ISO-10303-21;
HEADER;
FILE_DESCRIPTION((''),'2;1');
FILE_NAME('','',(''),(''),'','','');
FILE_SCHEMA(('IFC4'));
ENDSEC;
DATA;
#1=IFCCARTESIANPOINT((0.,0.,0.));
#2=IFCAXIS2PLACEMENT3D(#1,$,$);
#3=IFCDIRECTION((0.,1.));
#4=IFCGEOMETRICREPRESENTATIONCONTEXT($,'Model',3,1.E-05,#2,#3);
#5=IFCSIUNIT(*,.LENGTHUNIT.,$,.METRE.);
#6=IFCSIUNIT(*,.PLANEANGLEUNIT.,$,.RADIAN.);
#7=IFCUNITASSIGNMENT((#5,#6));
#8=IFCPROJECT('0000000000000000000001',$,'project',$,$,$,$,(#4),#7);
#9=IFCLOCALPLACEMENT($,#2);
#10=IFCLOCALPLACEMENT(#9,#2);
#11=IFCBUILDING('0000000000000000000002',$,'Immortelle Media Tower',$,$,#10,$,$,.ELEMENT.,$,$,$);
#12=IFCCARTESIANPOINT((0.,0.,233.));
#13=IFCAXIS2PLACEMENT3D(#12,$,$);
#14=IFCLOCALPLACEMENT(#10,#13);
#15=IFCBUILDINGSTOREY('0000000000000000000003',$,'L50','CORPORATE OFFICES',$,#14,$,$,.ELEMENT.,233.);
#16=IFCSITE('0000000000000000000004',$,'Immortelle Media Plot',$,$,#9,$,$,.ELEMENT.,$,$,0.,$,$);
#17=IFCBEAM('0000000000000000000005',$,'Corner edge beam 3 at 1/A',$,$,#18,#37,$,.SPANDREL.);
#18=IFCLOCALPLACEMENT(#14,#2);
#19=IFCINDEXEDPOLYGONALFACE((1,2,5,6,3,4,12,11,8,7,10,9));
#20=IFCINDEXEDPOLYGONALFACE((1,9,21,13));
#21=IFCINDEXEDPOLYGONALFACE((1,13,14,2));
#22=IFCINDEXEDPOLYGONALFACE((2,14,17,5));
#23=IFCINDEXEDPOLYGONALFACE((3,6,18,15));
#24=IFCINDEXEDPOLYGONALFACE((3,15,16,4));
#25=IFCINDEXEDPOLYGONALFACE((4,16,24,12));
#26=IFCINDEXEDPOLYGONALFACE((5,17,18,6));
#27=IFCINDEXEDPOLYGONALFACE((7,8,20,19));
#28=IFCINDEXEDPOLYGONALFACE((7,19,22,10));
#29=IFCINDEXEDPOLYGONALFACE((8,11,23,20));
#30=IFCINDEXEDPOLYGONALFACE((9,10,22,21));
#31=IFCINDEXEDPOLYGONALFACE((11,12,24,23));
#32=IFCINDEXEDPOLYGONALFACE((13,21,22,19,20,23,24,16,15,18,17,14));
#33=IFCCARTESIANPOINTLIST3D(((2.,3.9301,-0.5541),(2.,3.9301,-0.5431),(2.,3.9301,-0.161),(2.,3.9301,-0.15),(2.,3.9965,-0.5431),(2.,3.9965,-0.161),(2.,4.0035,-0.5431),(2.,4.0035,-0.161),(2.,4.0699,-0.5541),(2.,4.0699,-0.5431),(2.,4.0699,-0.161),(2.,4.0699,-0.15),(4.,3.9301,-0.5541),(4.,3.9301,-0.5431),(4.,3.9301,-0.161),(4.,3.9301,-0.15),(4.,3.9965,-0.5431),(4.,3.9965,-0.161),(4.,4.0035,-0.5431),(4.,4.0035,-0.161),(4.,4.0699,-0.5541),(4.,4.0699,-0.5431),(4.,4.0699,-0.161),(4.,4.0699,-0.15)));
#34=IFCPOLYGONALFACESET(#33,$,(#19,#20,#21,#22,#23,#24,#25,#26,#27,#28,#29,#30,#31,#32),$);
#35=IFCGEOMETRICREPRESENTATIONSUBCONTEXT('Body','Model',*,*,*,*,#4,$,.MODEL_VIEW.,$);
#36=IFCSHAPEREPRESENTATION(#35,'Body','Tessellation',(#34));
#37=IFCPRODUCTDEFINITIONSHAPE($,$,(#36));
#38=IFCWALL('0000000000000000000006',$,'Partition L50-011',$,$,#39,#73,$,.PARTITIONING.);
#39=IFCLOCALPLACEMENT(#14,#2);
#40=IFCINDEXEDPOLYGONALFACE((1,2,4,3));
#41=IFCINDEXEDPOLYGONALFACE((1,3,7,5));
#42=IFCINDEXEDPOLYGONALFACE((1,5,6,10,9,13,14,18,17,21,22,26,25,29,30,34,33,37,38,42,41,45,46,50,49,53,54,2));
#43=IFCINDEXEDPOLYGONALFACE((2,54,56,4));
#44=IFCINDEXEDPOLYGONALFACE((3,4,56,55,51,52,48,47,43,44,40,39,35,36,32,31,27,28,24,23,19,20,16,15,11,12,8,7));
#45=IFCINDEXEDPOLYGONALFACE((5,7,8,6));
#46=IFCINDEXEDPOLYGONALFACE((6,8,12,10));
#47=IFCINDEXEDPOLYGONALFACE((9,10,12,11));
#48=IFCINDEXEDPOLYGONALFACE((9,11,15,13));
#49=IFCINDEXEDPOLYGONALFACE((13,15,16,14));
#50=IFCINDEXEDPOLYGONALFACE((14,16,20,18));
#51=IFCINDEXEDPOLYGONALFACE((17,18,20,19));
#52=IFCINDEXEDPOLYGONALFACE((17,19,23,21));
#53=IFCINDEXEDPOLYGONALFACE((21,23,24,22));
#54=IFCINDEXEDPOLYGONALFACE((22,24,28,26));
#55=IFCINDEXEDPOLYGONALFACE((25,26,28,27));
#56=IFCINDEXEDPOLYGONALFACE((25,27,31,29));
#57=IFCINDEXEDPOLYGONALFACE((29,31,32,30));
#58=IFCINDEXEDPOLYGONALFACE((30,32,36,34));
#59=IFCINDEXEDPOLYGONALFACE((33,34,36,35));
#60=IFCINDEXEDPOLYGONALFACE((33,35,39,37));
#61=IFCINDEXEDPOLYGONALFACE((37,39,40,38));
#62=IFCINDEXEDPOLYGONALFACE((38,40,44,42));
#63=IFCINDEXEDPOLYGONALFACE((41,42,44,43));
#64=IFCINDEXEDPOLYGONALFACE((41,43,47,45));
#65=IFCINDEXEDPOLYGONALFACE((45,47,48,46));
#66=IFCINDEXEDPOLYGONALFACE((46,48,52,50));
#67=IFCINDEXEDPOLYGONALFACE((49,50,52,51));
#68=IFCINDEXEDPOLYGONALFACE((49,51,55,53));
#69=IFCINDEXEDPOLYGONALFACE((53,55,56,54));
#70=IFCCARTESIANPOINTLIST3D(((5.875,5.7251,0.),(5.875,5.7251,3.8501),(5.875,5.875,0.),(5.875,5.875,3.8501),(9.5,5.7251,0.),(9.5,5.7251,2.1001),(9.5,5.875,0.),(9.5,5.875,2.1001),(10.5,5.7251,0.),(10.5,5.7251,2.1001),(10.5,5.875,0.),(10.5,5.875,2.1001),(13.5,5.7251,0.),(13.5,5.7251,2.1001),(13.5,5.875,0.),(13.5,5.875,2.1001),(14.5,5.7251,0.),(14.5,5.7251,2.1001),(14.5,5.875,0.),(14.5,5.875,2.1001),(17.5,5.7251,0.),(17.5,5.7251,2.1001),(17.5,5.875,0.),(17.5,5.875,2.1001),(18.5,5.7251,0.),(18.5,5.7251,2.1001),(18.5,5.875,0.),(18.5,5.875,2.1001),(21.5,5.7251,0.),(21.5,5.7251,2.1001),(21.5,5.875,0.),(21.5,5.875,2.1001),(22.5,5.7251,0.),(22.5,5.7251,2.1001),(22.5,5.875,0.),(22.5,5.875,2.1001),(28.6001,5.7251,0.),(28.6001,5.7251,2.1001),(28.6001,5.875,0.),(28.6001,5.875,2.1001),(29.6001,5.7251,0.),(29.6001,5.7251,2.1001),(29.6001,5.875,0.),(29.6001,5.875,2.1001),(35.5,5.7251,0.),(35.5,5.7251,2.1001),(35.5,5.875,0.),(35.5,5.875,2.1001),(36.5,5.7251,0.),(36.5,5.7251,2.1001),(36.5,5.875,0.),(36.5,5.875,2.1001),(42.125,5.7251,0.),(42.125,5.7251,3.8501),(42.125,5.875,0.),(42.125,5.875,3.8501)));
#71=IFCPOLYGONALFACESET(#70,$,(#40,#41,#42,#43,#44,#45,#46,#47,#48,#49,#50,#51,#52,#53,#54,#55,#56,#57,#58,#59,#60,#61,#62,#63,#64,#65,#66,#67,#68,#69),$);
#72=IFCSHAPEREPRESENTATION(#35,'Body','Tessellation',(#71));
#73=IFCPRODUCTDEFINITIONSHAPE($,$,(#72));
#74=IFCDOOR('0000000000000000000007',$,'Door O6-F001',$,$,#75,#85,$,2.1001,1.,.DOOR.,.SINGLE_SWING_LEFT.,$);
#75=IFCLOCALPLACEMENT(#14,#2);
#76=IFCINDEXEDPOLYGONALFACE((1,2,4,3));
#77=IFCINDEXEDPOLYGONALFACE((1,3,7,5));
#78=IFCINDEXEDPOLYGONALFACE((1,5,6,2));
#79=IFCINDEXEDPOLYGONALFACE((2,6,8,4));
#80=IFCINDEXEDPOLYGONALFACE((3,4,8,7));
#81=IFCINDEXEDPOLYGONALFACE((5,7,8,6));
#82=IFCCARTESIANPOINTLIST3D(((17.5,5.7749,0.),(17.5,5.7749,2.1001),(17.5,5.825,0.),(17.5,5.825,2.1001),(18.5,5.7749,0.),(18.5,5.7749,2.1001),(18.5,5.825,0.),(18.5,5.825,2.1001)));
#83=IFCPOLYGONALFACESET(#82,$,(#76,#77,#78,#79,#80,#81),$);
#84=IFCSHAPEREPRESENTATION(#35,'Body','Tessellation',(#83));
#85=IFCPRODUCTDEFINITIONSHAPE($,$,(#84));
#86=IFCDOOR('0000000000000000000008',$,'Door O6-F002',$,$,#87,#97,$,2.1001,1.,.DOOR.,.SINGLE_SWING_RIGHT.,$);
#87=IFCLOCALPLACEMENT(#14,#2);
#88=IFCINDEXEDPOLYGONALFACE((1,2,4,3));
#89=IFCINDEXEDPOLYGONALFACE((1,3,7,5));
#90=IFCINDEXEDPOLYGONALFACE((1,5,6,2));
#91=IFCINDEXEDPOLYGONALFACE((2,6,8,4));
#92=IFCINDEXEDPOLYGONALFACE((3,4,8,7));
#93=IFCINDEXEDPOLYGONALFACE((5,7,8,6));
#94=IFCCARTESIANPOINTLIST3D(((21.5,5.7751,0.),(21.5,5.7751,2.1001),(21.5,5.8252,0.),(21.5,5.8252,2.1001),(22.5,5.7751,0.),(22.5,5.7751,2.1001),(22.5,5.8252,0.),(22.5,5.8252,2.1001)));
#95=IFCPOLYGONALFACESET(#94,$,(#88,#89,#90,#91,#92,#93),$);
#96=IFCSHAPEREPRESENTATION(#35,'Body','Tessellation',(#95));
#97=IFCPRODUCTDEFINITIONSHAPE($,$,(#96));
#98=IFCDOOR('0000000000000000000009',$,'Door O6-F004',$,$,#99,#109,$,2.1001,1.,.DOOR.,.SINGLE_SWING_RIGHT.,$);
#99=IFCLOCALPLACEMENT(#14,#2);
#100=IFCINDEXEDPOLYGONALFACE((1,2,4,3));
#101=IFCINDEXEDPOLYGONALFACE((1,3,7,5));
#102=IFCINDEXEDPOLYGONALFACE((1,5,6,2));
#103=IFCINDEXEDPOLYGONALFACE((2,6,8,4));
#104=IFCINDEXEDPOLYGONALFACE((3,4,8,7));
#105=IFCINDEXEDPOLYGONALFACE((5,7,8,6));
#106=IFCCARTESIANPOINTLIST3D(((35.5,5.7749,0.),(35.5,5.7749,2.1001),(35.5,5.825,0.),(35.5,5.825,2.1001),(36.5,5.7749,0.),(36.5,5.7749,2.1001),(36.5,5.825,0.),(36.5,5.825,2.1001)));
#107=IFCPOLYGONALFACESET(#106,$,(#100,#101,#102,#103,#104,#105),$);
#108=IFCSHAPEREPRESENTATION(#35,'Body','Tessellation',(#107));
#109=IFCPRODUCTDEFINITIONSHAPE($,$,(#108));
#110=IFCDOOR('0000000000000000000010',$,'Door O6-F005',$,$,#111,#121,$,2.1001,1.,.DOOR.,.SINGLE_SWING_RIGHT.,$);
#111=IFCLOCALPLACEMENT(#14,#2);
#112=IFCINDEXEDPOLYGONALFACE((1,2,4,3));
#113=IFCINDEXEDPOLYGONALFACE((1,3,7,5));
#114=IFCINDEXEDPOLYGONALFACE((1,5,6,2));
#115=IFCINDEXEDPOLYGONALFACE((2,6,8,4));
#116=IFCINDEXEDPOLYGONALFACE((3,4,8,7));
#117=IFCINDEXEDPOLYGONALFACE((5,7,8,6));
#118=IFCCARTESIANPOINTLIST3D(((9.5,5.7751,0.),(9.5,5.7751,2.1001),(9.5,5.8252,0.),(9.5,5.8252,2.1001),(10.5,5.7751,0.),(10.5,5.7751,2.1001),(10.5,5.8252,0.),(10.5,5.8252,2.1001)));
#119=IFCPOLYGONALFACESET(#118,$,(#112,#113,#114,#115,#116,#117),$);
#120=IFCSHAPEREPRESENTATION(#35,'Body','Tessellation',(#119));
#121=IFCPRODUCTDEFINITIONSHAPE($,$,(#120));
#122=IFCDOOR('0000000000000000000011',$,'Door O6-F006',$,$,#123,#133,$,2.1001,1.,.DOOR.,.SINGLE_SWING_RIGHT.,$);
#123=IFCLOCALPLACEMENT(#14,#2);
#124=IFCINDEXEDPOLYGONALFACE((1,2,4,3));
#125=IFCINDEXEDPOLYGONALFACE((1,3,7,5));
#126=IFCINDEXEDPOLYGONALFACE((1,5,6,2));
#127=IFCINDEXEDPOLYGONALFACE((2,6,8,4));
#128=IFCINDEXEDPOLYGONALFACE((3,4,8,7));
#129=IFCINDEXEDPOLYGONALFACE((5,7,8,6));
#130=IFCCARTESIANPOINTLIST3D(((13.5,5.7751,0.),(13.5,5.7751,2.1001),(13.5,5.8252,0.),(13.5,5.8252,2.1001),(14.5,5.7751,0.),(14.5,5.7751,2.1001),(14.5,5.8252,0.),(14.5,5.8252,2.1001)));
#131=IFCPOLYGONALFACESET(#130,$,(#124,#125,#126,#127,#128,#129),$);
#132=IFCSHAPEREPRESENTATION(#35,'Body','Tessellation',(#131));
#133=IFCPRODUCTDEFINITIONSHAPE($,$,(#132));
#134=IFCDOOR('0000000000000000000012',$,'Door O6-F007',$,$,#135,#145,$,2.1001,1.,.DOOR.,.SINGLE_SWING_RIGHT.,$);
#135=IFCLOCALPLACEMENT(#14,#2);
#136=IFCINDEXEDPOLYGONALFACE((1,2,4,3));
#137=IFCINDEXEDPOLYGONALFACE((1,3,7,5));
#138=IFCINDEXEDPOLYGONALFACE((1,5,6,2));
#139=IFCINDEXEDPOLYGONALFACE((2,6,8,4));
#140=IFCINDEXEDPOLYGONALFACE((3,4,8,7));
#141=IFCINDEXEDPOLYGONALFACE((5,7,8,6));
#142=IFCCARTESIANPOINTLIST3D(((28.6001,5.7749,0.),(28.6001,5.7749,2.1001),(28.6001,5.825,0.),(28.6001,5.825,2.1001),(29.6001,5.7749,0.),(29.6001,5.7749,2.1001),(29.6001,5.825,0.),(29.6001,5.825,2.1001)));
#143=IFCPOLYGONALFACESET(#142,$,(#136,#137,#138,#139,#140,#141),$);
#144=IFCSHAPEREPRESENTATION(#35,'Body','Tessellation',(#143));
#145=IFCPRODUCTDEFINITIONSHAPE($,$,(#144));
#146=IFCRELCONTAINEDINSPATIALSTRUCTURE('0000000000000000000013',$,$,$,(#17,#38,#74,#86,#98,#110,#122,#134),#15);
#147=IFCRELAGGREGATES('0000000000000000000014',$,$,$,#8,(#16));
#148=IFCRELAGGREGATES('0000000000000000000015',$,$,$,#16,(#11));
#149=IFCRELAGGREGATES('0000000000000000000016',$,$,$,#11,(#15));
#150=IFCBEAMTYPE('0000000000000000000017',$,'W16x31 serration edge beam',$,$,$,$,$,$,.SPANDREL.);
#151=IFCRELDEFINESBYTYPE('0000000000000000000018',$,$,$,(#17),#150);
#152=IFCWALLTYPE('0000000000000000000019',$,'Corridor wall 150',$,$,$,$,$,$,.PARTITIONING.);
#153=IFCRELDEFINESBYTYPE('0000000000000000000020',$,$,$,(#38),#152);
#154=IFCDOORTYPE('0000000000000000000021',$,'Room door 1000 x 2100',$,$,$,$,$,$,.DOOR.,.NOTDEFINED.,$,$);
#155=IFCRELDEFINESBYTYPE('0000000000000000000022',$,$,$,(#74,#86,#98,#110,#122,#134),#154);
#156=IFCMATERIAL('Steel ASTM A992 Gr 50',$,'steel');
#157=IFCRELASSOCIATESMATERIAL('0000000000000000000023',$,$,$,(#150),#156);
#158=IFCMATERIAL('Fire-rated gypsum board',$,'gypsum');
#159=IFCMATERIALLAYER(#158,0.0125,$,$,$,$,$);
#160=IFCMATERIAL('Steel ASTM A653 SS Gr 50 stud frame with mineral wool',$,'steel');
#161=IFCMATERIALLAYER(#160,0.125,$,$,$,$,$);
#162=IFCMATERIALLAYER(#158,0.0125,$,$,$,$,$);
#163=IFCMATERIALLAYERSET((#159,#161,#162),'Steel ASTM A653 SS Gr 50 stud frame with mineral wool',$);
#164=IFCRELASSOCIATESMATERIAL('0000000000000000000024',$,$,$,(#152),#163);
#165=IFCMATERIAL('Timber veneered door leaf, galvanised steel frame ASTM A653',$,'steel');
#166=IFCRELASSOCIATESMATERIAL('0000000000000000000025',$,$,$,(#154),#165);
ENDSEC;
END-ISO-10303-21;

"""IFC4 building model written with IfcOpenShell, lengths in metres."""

from ifc_helpers import new_model, si_unit, direction, frame, frame_2d, origin, origin_2d, place, context, subcontext, project, spatial, rectangle, i_section, extrude, material, layer, layer_set, material_profile, profile_set, type_object, element, fill, save


model = new_model("IFC4")

# Units and contexts
model_context = context("Model", 3, precision=1e-05, world=origin(), true_north=direction((0.0, 1.0)))
body_context = subcontext(model_context, "Body", "Model", "MODEL_VIEW")
ifc_project = project(units=[si_unit("LENGTHUNIT", "METRE"), si_unit("PLANEANGLEUNIT", "RADIAN")], contexts=[model_context])

# Site, building, storey
site_placement = place(None, origin())
site = spatial("IfcSite", under=ifc_project, at=site_placement, Name="Immortelle Media Plot", CompositionType="ELEMENT", RefElevation=0.0)
building_placement = place(site_placement, origin())
building = spatial("IfcBuilding", under=site, at=building_placement, Name="Immortelle Media Tower", CompositionType="ELEMENT")
storey_placement = place(building_placement, frame((0.0, 0.0, 233.0)))
storey = spatial("IfcBuildingStorey", under=building, at=storey_placement, Name="L50", Description="CORPORATE OFFICES", CompositionType="ELEMENT", Elevation=233.0)

# Beam
ifc_material_1 = material(Name="Steel ASTM A992 Gr 50", Category="steel")
ifc_material_profile = material_profile(ifc_material_1, i_section(OverallWidth=0.1399, OverallDepth=0.4041, WebThickness=0.0071, FlangeThickness=0.011, at=origin_2d()), Name="W16x31")
ifc_profile_set = profile_set([ifc_material_profile], Name="Steel ASTM A992 Gr 50")
beam_type = type_object("IfcBeamType", Name="W16x31 serration edge beam", PredefinedType="SPANDREL", material=ifc_profile_set)
beam_placement = place(storey_placement, frame((4.0, 4.0, -0.3521), z_axis=(-1.0, 0.0, 0.0), x_axis=(0.0, -1.0, 0.0)))
element("IfcBeam", 1, at=beam_placement, inside=storey, type_object=beam_type, Name="Corner edge beam 3 at 1/A", PredefinedType="SPANDREL", context=body_context, shape_type="SweptSolid", body=[
    extrude(i_section(OverallWidth=0.1399, OverallDepth=0.4041, WebThickness=0.0071, FlangeThickness=0.011, at=origin_2d()), origin(), (0.0, 0.0, 1.0), 2.0),
])

# Wall, openings, doors
ifc_material_2 = material(Name="Fire-rated gypsum board", Category="gypsum")
ifc_layer_1 = layer(ifc_material_2, 0.0125)
ifc_material_3 = material(Name="Steel ASTM A653 SS Gr 50 stud frame with mineral wool", Category="steel")
ifc_layer_2 = layer(ifc_material_3, 0.125)
ifc_layer_3 = layer(ifc_material_2, 0.0125)
ifc_layer_set_1 = layer_set([ifc_layer_1, ifc_layer_2, ifc_layer_3], Name="Steel ASTM A653 SS Gr 50 stud frame with mineral wool")
wall_type_1 = type_object("IfcWallType", Name="Corridor wall 150", PredefinedType="PARTITIONING", material=ifc_layer_set_1)
wall_1_placement = place(storey_placement, frame((5.875, 5.8, 0.0), z_axis=(0.0, 0.0, 1.0), x_axis=(1.0, 0.0, 0.0)))
wall_1 = element("IfcWall", 2, at=wall_1_placement, inside=storey, type_object=wall_type_1, Name="Partition L50-011", PredefinedType="PARTITIONING", context=body_context, shape_type="SweptSolid", body=[
    extrude(rectangle(XDim=36.25, YDim=0.1499, at=frame_2d((18.125, 0.0))), origin(), (0.0, 0.0, 1.0), 3.8501),
])
opening_1_placement = place(wall_1_placement, frame((11.625, 0.0, 0.0)))
opening_1 = element("IfcOpeningElement", 3, at=opening_1_placement, cuts=wall_1, PredefinedType="OPENING", context=body_context, shape_type="SweptSolid", body=[
    extrude(rectangle(XDim=1.0, YDim=2.1001, at=frame_2d((0.5, 1.05))), frame((0.0, 0.085, 0.0), z_axis=(0.0, -1.0, 0.0), x_axis=(1.0, 0.0, 0.0)), (0.0, 0.0, 1.0), 0.1699),
])
opening_2_placement = place(wall_1_placement, frame((16.625, 0.0, 0.0), z_axis=(0.0, 0.0, 1.0), x_axis=(-1.0, 0.0, 0.0)))
opening_2 = element("IfcOpeningElement", 4, at=opening_2_placement, cuts=wall_1, PredefinedType="OPENING", context=body_context, shape_type="SweptSolid", body=[
    extrude(rectangle(XDim=1.0, YDim=2.1001, at=frame_2d((0.5, 1.05))), frame((0.0, 0.085, 0.0), z_axis=(0.0, -1.0, 0.0), x_axis=(1.0, 0.0, 0.0)), (0.0, 0.0, 1.0), 0.1699),
])
opening_3_placement = place(wall_1_placement, frame((29.625, 0.0, 0.0)))
opening_3 = element("IfcOpeningElement", 5, at=opening_3_placement, cuts=wall_1, PredefinedType="OPENING", context=body_context, shape_type="SweptSolid", body=[
    extrude(rectangle(XDim=1.0, YDim=2.1001, at=frame_2d((0.5, 1.05))), frame((0.0, 0.085, 0.0), z_axis=(0.0, -1.0, 0.0), x_axis=(1.0, 0.0, 0.0)), (0.0, 0.0, 1.0), 0.1699),
])
opening_4_placement = place(wall_1_placement, frame((4.625, 0.0, 0.0), z_axis=(0.0, 0.0, 1.0), x_axis=(-1.0, 0.0, 0.0)))
opening_4 = element("IfcOpeningElement", 6, at=opening_4_placement, cuts=wall_1, PredefinedType="OPENING", context=body_context, shape_type="SweptSolid", body=[
    extrude(rectangle(XDim=1.0, YDim=2.1001, at=frame_2d((0.5, 1.05))), frame((0.0, 0.085, 0.0), z_axis=(0.0, -1.0, 0.0), x_axis=(1.0, 0.0, 0.0)), (0.0, 0.0, 1.0), 0.1699),
])
opening_5_placement = place(wall_1_placement, frame((8.625, 0.0, 0.0), z_axis=(0.0, 0.0, 1.0), x_axis=(-1.0, 0.0, 0.0)))
opening_5 = element("IfcOpeningElement", 7, at=opening_5_placement, cuts=wall_1, PredefinedType="OPENING", context=body_context, shape_type="SweptSolid", body=[
    extrude(rectangle(XDim=1.0, YDim=2.1001, at=frame_2d((0.5, 1.05))), frame((0.0, 0.085, 0.0), z_axis=(0.0, -1.0, 0.0), x_axis=(1.0, 0.0, 0.0)), (0.0, 0.0, 1.0), 0.1699),
])
opening_6_placement = place(wall_1_placement, frame((22.7251, 0.0, 0.0)))
opening_6 = element("IfcOpeningElement", 8, at=opening_6_placement, cuts=wall_1, PredefinedType="OPENING", context=body_context, shape_type="SweptSolid", body=[
    extrude(rectangle(XDim=1.0, YDim=2.1001, at=frame_2d((0.5, 1.05))), frame((0.0, 0.085, 0.0), z_axis=(0.0, -1.0, 0.0), x_axis=(1.0, 0.0, 0.0)), (0.0, 0.0, 1.0), 0.1699),
])
ifc_material_4 = material(Name="Timber veneered door leaf, galvanised steel frame ASTM A653", Category="steel")
door_type = type_object("IfcDoorType", Name="Room door 1000 x 2100", OperationType="NOTDEFINED", PredefinedType="DOOR", material=ifc_material_4)
door_1_placement = place(opening_1_placement, origin())
door_1 = element("IfcDoor", 9, at=door_1_placement, inside=storey, type_object=door_type, Name="Door O6-F001", OperationType="SINGLE_SWING_LEFT", OverallHeight=2.1001, OverallWidth=1.0, PredefinedType="DOOR", context=body_context, shape_type="SweptSolid", body=[
    extrude(rectangle(XDim=1.0, YDim=2.1001, at=frame_2d((0.5, 1.05))), frame((0.0, 0.0249, 0.0), z_axis=(0.0, -1.0, 0.0), x_axis=(1.0, 0.0, 0.0)), (0.0, 0.0, 1.0), 0.05),
])
fill(opening_1, door_1)
door_2_placement = place(opening_2_placement, origin())
door_2 = element("IfcDoor", 10, at=door_2_placement, inside=storey, type_object=door_type, Name="Door O6-F002", OperationType="SINGLE_SWING_RIGHT", OverallHeight=2.1001, OverallWidth=1.0, PredefinedType="DOOR", context=body_context, shape_type="SweptSolid", body=[
    extrude(rectangle(XDim=1.0, YDim=2.1001, at=frame_2d((0.5, 1.05))), frame((0.0, 0.0249, 0.0), z_axis=(0.0, -1.0, 0.0), x_axis=(1.0, 0.0, 0.0)), (0.0, 0.0, 1.0), 0.05),
])
fill(opening_2, door_2)
door_3_placement = place(opening_3_placement, origin())
door_3 = element("IfcDoor", 11, at=door_3_placement, inside=storey, type_object=door_type, Name="Door O6-F004", OperationType="SINGLE_SWING_RIGHT", OverallHeight=2.1001, OverallWidth=1.0, PredefinedType="DOOR", context=body_context, shape_type="SweptSolid", body=[
    extrude(rectangle(XDim=1.0, YDim=2.1001, at=frame_2d((0.5, 1.05))), frame((0.0, 0.0249, 0.0), z_axis=(0.0, -1.0, 0.0), x_axis=(1.0, 0.0, 0.0)), (0.0, 0.0, 1.0), 0.05),
])
fill(opening_3, door_3)
door_4_placement = place(opening_4_placement, origin())
door_4 = element("IfcDoor", 12, at=door_4_placement, inside=storey, type_object=door_type, Name="Door O6-F005", OperationType="SINGLE_SWING_RIGHT", OverallHeight=2.1001, OverallWidth=1.0, PredefinedType="DOOR", context=body_context, shape_type="SweptSolid", body=[
    extrude(rectangle(XDim=1.0, YDim=2.1001, at=frame_2d((0.5, 1.05))), frame((0.0, 0.0249, 0.0), z_axis=(0.0, -1.0, 0.0), x_axis=(1.0, 0.0, 0.0)), (0.0, 0.0, 1.0), 0.05),
])
fill(opening_4, door_4)
door_5_placement = place(opening_5_placement, origin())
door_5 = element("IfcDoor", 13, at=door_5_placement, inside=storey, type_object=door_type, Name="Door O6-F006", OperationType="SINGLE_SWING_RIGHT", OverallHeight=2.1001, OverallWidth=1.0, PredefinedType="DOOR", context=body_context, shape_type="SweptSolid", body=[
    extrude(rectangle(XDim=1.0, YDim=2.1001, at=frame_2d((0.5, 1.05))), frame((0.0, 0.0249, 0.0), z_axis=(0.0, -1.0, 0.0), x_axis=(1.0, 0.0, 0.0)), (0.0, 0.0, 1.0), 0.05),
])
fill(opening_5, door_5)
door_6_placement = place(opening_6_placement, origin())
door_6 = element("IfcDoor", 14, at=door_6_placement, inside=storey, type_object=door_type, Name="Door O6-F007", OperationType="SINGLE_SWING_RIGHT", OverallHeight=2.1001, OverallWidth=1.0, PredefinedType="DOOR", context=body_context, shape_type="SweptSolid", body=[
    extrude(rectangle(XDim=1.0, YDim=2.1001, at=frame_2d((0.5, 1.05))), frame((0.0, 0.0249, 0.0), z_axis=(0.0, -1.0, 0.0), x_axis=(1.0, 0.0, 0.0)), (0.0, 0.0, 1.0), 0.05),
])
fill(opening_6, door_6)

save(model, "model.ifc")
